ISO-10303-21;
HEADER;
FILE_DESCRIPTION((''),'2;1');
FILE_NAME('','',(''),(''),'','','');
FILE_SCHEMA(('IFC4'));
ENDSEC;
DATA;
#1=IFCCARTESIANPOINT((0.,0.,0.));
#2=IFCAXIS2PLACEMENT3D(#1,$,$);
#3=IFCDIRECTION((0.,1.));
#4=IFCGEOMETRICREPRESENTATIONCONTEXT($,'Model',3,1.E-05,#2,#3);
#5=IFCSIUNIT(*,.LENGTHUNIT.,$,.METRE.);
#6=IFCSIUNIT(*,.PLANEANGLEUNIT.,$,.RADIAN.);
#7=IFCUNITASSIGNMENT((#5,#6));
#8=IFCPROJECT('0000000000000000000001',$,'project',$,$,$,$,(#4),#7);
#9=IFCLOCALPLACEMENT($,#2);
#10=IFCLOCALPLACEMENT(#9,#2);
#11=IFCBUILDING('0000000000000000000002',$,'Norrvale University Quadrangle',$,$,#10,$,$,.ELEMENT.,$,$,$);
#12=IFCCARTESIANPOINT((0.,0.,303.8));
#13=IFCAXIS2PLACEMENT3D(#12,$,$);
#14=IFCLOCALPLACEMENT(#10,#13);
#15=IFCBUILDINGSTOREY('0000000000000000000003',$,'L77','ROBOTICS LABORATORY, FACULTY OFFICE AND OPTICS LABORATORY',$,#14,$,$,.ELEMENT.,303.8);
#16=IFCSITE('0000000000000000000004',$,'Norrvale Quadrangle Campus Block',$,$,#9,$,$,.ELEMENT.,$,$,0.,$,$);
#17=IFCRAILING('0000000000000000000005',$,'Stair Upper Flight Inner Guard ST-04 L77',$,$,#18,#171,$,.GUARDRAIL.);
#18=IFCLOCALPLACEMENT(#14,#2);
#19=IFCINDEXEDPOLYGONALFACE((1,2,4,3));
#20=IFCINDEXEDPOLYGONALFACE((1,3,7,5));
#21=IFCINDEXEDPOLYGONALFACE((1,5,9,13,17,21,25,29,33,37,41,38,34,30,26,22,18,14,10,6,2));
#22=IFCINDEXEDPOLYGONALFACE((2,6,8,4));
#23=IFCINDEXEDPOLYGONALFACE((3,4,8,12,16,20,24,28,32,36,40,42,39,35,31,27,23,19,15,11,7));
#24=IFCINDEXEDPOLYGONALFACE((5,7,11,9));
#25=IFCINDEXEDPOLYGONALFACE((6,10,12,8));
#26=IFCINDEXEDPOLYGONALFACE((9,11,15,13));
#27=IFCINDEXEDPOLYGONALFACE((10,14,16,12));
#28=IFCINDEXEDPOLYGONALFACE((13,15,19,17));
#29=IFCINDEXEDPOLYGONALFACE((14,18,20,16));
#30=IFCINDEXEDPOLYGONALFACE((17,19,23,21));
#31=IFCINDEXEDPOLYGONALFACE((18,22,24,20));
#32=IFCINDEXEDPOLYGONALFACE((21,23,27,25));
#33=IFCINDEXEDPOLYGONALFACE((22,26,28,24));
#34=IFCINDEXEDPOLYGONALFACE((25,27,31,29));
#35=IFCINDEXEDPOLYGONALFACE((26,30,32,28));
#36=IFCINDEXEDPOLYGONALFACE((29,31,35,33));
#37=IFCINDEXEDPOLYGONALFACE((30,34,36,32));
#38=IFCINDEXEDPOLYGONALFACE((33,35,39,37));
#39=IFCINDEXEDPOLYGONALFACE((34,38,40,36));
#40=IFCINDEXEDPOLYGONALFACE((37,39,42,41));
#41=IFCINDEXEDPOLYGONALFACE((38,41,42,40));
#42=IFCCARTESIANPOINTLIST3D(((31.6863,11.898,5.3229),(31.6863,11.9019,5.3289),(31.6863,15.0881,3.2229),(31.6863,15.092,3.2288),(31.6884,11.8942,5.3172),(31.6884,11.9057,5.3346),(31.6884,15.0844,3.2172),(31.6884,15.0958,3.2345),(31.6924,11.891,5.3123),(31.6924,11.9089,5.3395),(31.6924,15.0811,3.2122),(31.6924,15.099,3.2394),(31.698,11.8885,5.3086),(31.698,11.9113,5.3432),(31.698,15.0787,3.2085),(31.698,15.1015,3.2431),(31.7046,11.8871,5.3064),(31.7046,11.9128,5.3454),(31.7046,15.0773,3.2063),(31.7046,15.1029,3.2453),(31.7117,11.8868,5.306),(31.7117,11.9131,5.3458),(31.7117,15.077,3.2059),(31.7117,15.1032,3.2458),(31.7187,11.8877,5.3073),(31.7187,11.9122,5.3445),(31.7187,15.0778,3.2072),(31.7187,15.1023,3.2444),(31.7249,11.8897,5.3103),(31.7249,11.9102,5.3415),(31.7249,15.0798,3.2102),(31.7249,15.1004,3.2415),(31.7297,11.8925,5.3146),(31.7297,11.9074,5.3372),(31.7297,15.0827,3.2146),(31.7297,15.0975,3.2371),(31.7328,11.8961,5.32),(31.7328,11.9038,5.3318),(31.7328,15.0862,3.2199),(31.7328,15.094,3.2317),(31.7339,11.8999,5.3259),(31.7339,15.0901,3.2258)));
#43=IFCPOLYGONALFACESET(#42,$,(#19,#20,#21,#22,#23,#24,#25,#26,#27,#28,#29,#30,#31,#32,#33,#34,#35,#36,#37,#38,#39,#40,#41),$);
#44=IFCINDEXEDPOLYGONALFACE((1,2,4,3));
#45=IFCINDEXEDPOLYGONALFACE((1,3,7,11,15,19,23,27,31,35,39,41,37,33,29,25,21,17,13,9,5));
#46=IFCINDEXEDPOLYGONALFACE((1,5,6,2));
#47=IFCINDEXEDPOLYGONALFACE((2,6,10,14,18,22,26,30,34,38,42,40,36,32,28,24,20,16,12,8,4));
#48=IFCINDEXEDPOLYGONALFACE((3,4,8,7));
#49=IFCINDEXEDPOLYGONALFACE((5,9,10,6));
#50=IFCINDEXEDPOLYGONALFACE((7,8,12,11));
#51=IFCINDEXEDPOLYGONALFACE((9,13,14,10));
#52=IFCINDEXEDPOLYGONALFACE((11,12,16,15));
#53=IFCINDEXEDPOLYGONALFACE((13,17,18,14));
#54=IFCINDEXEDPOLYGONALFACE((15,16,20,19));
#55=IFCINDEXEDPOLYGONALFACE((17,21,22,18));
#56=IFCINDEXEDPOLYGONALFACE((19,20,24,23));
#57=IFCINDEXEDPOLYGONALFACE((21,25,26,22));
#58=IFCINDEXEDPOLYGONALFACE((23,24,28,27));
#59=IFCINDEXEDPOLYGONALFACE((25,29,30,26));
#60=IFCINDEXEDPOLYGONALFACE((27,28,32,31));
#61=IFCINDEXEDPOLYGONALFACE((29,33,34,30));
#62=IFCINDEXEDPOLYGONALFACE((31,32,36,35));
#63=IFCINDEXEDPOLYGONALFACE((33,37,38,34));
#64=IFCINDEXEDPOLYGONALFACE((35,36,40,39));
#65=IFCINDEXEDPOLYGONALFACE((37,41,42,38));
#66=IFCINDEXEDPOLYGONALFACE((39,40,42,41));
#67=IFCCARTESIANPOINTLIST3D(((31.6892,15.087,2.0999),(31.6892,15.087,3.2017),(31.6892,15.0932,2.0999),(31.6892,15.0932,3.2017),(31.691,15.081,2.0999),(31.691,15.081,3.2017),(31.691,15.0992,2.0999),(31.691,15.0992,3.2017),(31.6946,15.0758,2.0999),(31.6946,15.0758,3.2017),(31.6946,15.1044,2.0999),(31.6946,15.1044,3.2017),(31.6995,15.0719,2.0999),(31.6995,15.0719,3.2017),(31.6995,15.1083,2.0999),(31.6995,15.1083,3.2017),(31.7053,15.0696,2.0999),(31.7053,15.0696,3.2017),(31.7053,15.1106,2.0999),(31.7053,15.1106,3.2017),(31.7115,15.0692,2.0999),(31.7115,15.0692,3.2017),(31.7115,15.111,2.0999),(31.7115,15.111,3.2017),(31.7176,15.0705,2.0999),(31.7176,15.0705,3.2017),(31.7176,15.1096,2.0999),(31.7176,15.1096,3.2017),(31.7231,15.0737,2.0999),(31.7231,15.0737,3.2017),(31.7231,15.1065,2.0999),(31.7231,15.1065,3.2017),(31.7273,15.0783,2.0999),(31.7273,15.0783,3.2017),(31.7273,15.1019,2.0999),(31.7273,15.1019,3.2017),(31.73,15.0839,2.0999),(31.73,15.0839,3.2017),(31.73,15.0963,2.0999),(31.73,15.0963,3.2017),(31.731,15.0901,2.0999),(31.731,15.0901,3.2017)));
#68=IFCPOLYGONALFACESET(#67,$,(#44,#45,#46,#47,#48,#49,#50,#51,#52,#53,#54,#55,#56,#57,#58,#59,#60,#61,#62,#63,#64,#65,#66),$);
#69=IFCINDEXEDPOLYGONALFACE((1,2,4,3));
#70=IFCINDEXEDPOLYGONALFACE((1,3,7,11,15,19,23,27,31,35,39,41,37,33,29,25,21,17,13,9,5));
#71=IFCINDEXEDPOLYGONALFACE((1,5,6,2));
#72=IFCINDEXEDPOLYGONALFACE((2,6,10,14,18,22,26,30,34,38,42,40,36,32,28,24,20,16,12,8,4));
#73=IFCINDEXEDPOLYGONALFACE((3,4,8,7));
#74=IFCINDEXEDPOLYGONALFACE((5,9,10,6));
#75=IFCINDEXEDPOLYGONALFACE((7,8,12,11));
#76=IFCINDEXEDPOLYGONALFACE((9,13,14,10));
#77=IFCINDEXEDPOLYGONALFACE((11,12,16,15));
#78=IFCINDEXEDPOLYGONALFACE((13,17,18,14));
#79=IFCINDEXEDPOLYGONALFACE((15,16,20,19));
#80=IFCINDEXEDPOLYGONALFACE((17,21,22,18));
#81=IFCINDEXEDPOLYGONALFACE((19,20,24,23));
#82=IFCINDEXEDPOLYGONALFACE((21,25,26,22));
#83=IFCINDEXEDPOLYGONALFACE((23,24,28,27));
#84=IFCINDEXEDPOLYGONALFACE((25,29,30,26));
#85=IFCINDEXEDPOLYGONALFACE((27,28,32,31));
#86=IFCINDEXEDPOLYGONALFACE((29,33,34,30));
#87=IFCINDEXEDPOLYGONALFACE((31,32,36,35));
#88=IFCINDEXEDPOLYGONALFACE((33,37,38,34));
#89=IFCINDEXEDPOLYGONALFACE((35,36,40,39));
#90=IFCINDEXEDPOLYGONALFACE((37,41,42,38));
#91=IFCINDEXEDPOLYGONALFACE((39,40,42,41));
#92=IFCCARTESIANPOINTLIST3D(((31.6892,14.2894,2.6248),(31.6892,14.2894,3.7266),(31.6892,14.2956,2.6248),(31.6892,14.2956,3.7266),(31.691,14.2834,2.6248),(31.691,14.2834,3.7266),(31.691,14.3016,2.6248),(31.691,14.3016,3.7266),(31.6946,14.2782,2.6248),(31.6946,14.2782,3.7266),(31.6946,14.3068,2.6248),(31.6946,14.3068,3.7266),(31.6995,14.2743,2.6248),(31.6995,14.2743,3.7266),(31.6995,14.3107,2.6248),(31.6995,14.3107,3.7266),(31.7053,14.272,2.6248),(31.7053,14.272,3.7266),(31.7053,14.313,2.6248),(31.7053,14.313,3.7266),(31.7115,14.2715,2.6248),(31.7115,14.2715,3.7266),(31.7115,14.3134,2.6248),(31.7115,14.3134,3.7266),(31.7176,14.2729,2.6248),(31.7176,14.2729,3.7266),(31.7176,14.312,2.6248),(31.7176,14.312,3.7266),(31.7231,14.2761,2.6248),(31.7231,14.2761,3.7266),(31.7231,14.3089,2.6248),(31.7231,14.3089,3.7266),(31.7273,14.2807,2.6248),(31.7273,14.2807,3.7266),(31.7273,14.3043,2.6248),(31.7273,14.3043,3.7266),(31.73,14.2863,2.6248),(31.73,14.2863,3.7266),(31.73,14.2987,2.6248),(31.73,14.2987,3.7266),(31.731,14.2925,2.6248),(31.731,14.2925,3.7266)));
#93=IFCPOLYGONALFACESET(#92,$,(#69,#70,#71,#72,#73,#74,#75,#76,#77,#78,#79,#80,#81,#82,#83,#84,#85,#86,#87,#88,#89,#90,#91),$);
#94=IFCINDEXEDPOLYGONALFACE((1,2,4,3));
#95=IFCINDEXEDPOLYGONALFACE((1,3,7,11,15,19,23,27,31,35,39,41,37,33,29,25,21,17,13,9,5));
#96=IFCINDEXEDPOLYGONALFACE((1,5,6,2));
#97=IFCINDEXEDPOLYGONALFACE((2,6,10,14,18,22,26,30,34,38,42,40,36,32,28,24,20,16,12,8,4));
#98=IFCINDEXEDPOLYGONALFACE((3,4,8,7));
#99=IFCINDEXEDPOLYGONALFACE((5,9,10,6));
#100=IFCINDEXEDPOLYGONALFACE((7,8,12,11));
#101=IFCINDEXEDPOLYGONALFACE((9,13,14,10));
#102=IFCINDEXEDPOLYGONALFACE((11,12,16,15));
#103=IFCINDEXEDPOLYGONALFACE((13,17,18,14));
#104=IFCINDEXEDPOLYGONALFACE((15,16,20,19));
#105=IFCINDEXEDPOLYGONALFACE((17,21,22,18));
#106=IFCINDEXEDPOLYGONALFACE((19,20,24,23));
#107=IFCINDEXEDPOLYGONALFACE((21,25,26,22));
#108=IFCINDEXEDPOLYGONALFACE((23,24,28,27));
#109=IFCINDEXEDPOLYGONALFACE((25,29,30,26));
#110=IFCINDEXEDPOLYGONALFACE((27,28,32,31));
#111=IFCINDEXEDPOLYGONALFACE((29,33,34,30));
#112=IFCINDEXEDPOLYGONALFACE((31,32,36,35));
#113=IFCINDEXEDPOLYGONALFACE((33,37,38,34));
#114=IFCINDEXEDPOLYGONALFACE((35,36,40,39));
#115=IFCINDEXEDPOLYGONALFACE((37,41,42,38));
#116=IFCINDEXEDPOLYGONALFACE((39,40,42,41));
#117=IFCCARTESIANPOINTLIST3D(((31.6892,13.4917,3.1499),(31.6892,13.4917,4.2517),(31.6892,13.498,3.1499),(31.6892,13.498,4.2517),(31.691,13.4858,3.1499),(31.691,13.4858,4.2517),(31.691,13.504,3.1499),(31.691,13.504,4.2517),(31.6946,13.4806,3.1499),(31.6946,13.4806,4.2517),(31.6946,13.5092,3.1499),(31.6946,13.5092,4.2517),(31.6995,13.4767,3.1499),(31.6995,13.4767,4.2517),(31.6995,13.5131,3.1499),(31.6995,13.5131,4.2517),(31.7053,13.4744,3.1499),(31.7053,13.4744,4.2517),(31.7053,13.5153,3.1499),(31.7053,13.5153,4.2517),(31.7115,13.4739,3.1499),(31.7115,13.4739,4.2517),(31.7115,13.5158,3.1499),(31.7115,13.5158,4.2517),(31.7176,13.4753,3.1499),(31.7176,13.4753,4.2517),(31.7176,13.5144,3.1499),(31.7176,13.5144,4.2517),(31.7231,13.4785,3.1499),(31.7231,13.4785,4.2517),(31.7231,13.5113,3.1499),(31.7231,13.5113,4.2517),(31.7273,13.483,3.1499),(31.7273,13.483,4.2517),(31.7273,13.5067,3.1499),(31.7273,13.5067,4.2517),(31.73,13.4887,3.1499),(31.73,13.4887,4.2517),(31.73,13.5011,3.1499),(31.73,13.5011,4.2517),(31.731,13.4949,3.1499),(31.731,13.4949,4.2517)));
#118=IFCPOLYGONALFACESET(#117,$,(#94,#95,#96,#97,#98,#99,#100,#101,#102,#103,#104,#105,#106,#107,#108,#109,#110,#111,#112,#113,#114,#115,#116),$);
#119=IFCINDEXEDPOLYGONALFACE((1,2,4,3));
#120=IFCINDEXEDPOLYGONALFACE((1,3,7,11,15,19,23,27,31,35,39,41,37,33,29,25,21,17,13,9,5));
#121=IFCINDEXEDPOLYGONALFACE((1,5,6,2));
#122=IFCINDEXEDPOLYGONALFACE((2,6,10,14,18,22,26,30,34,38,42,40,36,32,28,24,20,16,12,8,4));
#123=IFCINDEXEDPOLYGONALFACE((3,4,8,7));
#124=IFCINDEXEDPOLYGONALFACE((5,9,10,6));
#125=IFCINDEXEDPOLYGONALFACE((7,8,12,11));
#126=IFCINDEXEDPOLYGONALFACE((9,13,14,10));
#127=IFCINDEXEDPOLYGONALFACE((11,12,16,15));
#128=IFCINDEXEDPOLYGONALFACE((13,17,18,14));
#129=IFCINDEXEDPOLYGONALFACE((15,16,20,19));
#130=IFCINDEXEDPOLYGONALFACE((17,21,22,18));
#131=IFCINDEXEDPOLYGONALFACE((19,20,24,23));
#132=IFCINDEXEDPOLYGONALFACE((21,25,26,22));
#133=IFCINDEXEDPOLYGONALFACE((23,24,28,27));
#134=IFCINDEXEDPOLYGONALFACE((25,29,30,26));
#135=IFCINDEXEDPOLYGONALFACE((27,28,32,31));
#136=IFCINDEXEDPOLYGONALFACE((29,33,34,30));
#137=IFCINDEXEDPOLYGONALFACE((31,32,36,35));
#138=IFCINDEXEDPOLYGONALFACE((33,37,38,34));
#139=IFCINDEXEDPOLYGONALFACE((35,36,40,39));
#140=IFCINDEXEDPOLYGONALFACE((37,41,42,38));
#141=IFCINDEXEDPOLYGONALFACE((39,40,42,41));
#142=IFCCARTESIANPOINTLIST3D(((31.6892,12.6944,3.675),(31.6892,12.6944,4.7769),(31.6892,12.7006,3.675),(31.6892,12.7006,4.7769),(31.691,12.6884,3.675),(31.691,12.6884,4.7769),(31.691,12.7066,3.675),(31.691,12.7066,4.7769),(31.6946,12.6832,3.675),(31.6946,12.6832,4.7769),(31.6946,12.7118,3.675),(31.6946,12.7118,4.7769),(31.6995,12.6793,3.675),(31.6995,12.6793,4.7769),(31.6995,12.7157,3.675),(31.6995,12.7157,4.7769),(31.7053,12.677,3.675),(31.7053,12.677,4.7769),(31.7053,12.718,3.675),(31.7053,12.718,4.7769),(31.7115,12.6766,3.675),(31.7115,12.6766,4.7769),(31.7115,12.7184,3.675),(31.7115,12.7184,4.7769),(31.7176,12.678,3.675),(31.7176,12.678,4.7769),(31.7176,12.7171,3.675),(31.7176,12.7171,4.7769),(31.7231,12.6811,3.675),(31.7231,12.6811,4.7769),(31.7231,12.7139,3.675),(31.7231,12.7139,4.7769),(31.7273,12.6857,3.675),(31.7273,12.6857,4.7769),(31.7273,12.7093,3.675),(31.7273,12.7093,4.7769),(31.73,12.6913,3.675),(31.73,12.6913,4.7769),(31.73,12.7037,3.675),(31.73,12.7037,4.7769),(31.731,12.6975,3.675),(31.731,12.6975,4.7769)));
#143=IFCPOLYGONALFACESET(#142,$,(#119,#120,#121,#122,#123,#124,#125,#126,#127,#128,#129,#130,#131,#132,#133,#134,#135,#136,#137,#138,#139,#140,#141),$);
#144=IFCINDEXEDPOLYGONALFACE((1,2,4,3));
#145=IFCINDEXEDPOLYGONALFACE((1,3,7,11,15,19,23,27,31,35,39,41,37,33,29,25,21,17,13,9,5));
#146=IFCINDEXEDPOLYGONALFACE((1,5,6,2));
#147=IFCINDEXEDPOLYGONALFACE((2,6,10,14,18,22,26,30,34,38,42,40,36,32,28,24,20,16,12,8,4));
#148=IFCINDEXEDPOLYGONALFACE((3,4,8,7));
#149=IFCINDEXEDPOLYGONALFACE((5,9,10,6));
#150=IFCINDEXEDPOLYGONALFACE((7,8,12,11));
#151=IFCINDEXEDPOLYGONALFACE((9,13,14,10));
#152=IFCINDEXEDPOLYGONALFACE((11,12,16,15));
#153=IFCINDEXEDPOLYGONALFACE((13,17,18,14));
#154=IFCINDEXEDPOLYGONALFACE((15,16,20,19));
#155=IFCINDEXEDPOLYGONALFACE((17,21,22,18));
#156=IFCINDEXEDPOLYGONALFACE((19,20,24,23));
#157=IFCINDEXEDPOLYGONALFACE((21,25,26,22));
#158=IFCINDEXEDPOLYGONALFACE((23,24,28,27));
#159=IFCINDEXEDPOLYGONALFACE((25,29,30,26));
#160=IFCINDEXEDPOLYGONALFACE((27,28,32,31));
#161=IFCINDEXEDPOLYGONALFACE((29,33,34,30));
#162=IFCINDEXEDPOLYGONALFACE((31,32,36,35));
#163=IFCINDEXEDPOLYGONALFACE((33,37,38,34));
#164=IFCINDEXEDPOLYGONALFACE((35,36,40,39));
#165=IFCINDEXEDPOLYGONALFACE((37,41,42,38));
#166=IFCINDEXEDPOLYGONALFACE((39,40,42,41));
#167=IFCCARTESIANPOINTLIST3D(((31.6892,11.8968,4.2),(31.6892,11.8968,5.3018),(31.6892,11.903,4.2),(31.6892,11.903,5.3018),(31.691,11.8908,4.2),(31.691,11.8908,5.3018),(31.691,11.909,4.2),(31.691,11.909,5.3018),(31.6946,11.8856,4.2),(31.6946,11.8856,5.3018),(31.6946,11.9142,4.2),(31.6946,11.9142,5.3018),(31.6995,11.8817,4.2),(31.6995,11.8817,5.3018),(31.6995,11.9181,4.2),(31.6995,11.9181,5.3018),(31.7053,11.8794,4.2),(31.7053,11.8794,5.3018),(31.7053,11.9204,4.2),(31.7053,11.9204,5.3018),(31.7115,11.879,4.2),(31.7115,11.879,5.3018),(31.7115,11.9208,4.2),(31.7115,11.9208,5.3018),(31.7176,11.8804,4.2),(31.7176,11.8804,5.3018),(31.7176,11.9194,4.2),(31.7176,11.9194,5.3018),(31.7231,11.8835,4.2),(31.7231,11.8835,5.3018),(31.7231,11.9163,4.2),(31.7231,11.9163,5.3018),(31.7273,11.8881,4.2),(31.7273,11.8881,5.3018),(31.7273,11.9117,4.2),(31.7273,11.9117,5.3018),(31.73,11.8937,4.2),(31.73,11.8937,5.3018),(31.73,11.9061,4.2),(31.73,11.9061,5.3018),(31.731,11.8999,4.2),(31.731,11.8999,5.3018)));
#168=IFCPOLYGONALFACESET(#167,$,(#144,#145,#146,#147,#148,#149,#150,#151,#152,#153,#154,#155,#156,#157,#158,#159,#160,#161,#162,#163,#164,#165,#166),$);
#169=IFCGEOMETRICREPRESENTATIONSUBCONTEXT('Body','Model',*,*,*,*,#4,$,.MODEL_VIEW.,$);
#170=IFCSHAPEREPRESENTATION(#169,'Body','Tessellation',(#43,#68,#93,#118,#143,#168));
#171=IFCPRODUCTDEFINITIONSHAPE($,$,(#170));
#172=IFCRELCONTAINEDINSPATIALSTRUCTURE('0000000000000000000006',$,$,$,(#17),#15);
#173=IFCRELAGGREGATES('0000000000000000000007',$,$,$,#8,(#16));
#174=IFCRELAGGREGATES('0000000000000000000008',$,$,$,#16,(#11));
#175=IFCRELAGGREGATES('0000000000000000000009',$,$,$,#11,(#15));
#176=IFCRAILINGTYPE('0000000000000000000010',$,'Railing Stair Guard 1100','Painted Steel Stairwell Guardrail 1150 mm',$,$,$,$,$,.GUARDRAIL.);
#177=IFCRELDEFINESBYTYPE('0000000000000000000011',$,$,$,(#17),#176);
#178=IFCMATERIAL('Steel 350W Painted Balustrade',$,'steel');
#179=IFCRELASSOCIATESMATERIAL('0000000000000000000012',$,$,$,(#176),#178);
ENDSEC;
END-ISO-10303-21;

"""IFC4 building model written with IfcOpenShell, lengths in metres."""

from ifc_helpers import new_model, si_unit, direction, frame, origin, origin_2d, place, context, subcontext, project, spatial, circle, extrude, material, type_object, element, save


model = new_model("IFC4")

# Units and contexts
model_context = context("Model", 3, precision=1e-05, world=origin(), true_north=direction((0.0, 1.0)))
body_context = subcontext(model_context, "Body", "Model", "MODEL_VIEW")
ifc_project = project(units=[si_unit("LENGTHUNIT", "METRE"), si_unit("PLANEANGLEUNIT", "RADIAN")], contexts=[model_context])

# Site, building, storey
site_placement = place(None, origin())
site = spatial("IfcSite", under=ifc_project, at=site_placement, Name="Norrvale Quadrangle Campus Block", CompositionType="ELEMENT", RefElevation=0.0)
building_placement = place(site_placement, origin())
building = spatial("IfcBuilding", under=site, at=building_placement, Name="Norrvale University Quadrangle", CompositionType="ELEMENT")
storey_placement = place(building_placement, frame((0.0, 0.0, 303.8)))
storey = spatial("IfcBuildingStorey", under=building, at=storey_placement, Name="L77", Description="ROBOTICS LABORATORY, FACULTY OFFICE AND OPTICS LABORATORY", CompositionType="ELEMENT", Elevation=303.8)

# Railing
ifc_material_1 = material(Name="Steel 350W Painted Balustrade", Category="steel")
railing_type_1 = type_object("IfcRailingType", Name="Railing Stair Guard 1100", Description="Painted Steel Stairwell Guardrail 1150 mm", PredefinedType="GUARDRAIL", material=ifc_material_1)
railing_1_placement = place(storey_placement, frame((31.71, 15.0901, 2.0999)))
element("IfcRailing", 1, at=railing_1_placement, inside=storey, type_object=railing_type_1, Name="Stair Upper Flight Inner Guard ST-04 L77", PredefinedType="GUARDRAIL", context=body_context, shape_type="SweptSolid", body=[
    extrude(circle(Radius=0.0239, at=origin_2d()), frame((0.0, 0.0, 1.126), z_axis=(0.0, -0.835262, 0.549852), x_axis=(1.0, 0.0, 0.0)), (0.0, 0.0, 1.0), 3.8193),
    extrude(circle(Radius=0.021, at=origin_2d()), origin(), (0.0, 0.0, 1.0), 1.1018),
    extrude(circle(Radius=0.021, at=origin_2d()), frame((0.0, -0.7976, 0.5249)), (0.0, 0.0, 1.0), 1.1018),
    extrude(circle(Radius=0.021, at=origin_2d()), frame((0.0, -1.5952, 1.05)), (0.0, 0.0, 1.0), 1.1018),
    extrude(circle(Radius=0.021, at=origin_2d()), frame((0.0, -2.3926, 1.5752)), (0.0, 0.0, 1.0), 1.1018),
    extrude(circle(Radius=0.021, at=origin_2d()), frame((0.0, -3.1902, 2.1001)), (0.0, 0.0, 1.0), 1.1018),
])

save(model, "model.ifc")
